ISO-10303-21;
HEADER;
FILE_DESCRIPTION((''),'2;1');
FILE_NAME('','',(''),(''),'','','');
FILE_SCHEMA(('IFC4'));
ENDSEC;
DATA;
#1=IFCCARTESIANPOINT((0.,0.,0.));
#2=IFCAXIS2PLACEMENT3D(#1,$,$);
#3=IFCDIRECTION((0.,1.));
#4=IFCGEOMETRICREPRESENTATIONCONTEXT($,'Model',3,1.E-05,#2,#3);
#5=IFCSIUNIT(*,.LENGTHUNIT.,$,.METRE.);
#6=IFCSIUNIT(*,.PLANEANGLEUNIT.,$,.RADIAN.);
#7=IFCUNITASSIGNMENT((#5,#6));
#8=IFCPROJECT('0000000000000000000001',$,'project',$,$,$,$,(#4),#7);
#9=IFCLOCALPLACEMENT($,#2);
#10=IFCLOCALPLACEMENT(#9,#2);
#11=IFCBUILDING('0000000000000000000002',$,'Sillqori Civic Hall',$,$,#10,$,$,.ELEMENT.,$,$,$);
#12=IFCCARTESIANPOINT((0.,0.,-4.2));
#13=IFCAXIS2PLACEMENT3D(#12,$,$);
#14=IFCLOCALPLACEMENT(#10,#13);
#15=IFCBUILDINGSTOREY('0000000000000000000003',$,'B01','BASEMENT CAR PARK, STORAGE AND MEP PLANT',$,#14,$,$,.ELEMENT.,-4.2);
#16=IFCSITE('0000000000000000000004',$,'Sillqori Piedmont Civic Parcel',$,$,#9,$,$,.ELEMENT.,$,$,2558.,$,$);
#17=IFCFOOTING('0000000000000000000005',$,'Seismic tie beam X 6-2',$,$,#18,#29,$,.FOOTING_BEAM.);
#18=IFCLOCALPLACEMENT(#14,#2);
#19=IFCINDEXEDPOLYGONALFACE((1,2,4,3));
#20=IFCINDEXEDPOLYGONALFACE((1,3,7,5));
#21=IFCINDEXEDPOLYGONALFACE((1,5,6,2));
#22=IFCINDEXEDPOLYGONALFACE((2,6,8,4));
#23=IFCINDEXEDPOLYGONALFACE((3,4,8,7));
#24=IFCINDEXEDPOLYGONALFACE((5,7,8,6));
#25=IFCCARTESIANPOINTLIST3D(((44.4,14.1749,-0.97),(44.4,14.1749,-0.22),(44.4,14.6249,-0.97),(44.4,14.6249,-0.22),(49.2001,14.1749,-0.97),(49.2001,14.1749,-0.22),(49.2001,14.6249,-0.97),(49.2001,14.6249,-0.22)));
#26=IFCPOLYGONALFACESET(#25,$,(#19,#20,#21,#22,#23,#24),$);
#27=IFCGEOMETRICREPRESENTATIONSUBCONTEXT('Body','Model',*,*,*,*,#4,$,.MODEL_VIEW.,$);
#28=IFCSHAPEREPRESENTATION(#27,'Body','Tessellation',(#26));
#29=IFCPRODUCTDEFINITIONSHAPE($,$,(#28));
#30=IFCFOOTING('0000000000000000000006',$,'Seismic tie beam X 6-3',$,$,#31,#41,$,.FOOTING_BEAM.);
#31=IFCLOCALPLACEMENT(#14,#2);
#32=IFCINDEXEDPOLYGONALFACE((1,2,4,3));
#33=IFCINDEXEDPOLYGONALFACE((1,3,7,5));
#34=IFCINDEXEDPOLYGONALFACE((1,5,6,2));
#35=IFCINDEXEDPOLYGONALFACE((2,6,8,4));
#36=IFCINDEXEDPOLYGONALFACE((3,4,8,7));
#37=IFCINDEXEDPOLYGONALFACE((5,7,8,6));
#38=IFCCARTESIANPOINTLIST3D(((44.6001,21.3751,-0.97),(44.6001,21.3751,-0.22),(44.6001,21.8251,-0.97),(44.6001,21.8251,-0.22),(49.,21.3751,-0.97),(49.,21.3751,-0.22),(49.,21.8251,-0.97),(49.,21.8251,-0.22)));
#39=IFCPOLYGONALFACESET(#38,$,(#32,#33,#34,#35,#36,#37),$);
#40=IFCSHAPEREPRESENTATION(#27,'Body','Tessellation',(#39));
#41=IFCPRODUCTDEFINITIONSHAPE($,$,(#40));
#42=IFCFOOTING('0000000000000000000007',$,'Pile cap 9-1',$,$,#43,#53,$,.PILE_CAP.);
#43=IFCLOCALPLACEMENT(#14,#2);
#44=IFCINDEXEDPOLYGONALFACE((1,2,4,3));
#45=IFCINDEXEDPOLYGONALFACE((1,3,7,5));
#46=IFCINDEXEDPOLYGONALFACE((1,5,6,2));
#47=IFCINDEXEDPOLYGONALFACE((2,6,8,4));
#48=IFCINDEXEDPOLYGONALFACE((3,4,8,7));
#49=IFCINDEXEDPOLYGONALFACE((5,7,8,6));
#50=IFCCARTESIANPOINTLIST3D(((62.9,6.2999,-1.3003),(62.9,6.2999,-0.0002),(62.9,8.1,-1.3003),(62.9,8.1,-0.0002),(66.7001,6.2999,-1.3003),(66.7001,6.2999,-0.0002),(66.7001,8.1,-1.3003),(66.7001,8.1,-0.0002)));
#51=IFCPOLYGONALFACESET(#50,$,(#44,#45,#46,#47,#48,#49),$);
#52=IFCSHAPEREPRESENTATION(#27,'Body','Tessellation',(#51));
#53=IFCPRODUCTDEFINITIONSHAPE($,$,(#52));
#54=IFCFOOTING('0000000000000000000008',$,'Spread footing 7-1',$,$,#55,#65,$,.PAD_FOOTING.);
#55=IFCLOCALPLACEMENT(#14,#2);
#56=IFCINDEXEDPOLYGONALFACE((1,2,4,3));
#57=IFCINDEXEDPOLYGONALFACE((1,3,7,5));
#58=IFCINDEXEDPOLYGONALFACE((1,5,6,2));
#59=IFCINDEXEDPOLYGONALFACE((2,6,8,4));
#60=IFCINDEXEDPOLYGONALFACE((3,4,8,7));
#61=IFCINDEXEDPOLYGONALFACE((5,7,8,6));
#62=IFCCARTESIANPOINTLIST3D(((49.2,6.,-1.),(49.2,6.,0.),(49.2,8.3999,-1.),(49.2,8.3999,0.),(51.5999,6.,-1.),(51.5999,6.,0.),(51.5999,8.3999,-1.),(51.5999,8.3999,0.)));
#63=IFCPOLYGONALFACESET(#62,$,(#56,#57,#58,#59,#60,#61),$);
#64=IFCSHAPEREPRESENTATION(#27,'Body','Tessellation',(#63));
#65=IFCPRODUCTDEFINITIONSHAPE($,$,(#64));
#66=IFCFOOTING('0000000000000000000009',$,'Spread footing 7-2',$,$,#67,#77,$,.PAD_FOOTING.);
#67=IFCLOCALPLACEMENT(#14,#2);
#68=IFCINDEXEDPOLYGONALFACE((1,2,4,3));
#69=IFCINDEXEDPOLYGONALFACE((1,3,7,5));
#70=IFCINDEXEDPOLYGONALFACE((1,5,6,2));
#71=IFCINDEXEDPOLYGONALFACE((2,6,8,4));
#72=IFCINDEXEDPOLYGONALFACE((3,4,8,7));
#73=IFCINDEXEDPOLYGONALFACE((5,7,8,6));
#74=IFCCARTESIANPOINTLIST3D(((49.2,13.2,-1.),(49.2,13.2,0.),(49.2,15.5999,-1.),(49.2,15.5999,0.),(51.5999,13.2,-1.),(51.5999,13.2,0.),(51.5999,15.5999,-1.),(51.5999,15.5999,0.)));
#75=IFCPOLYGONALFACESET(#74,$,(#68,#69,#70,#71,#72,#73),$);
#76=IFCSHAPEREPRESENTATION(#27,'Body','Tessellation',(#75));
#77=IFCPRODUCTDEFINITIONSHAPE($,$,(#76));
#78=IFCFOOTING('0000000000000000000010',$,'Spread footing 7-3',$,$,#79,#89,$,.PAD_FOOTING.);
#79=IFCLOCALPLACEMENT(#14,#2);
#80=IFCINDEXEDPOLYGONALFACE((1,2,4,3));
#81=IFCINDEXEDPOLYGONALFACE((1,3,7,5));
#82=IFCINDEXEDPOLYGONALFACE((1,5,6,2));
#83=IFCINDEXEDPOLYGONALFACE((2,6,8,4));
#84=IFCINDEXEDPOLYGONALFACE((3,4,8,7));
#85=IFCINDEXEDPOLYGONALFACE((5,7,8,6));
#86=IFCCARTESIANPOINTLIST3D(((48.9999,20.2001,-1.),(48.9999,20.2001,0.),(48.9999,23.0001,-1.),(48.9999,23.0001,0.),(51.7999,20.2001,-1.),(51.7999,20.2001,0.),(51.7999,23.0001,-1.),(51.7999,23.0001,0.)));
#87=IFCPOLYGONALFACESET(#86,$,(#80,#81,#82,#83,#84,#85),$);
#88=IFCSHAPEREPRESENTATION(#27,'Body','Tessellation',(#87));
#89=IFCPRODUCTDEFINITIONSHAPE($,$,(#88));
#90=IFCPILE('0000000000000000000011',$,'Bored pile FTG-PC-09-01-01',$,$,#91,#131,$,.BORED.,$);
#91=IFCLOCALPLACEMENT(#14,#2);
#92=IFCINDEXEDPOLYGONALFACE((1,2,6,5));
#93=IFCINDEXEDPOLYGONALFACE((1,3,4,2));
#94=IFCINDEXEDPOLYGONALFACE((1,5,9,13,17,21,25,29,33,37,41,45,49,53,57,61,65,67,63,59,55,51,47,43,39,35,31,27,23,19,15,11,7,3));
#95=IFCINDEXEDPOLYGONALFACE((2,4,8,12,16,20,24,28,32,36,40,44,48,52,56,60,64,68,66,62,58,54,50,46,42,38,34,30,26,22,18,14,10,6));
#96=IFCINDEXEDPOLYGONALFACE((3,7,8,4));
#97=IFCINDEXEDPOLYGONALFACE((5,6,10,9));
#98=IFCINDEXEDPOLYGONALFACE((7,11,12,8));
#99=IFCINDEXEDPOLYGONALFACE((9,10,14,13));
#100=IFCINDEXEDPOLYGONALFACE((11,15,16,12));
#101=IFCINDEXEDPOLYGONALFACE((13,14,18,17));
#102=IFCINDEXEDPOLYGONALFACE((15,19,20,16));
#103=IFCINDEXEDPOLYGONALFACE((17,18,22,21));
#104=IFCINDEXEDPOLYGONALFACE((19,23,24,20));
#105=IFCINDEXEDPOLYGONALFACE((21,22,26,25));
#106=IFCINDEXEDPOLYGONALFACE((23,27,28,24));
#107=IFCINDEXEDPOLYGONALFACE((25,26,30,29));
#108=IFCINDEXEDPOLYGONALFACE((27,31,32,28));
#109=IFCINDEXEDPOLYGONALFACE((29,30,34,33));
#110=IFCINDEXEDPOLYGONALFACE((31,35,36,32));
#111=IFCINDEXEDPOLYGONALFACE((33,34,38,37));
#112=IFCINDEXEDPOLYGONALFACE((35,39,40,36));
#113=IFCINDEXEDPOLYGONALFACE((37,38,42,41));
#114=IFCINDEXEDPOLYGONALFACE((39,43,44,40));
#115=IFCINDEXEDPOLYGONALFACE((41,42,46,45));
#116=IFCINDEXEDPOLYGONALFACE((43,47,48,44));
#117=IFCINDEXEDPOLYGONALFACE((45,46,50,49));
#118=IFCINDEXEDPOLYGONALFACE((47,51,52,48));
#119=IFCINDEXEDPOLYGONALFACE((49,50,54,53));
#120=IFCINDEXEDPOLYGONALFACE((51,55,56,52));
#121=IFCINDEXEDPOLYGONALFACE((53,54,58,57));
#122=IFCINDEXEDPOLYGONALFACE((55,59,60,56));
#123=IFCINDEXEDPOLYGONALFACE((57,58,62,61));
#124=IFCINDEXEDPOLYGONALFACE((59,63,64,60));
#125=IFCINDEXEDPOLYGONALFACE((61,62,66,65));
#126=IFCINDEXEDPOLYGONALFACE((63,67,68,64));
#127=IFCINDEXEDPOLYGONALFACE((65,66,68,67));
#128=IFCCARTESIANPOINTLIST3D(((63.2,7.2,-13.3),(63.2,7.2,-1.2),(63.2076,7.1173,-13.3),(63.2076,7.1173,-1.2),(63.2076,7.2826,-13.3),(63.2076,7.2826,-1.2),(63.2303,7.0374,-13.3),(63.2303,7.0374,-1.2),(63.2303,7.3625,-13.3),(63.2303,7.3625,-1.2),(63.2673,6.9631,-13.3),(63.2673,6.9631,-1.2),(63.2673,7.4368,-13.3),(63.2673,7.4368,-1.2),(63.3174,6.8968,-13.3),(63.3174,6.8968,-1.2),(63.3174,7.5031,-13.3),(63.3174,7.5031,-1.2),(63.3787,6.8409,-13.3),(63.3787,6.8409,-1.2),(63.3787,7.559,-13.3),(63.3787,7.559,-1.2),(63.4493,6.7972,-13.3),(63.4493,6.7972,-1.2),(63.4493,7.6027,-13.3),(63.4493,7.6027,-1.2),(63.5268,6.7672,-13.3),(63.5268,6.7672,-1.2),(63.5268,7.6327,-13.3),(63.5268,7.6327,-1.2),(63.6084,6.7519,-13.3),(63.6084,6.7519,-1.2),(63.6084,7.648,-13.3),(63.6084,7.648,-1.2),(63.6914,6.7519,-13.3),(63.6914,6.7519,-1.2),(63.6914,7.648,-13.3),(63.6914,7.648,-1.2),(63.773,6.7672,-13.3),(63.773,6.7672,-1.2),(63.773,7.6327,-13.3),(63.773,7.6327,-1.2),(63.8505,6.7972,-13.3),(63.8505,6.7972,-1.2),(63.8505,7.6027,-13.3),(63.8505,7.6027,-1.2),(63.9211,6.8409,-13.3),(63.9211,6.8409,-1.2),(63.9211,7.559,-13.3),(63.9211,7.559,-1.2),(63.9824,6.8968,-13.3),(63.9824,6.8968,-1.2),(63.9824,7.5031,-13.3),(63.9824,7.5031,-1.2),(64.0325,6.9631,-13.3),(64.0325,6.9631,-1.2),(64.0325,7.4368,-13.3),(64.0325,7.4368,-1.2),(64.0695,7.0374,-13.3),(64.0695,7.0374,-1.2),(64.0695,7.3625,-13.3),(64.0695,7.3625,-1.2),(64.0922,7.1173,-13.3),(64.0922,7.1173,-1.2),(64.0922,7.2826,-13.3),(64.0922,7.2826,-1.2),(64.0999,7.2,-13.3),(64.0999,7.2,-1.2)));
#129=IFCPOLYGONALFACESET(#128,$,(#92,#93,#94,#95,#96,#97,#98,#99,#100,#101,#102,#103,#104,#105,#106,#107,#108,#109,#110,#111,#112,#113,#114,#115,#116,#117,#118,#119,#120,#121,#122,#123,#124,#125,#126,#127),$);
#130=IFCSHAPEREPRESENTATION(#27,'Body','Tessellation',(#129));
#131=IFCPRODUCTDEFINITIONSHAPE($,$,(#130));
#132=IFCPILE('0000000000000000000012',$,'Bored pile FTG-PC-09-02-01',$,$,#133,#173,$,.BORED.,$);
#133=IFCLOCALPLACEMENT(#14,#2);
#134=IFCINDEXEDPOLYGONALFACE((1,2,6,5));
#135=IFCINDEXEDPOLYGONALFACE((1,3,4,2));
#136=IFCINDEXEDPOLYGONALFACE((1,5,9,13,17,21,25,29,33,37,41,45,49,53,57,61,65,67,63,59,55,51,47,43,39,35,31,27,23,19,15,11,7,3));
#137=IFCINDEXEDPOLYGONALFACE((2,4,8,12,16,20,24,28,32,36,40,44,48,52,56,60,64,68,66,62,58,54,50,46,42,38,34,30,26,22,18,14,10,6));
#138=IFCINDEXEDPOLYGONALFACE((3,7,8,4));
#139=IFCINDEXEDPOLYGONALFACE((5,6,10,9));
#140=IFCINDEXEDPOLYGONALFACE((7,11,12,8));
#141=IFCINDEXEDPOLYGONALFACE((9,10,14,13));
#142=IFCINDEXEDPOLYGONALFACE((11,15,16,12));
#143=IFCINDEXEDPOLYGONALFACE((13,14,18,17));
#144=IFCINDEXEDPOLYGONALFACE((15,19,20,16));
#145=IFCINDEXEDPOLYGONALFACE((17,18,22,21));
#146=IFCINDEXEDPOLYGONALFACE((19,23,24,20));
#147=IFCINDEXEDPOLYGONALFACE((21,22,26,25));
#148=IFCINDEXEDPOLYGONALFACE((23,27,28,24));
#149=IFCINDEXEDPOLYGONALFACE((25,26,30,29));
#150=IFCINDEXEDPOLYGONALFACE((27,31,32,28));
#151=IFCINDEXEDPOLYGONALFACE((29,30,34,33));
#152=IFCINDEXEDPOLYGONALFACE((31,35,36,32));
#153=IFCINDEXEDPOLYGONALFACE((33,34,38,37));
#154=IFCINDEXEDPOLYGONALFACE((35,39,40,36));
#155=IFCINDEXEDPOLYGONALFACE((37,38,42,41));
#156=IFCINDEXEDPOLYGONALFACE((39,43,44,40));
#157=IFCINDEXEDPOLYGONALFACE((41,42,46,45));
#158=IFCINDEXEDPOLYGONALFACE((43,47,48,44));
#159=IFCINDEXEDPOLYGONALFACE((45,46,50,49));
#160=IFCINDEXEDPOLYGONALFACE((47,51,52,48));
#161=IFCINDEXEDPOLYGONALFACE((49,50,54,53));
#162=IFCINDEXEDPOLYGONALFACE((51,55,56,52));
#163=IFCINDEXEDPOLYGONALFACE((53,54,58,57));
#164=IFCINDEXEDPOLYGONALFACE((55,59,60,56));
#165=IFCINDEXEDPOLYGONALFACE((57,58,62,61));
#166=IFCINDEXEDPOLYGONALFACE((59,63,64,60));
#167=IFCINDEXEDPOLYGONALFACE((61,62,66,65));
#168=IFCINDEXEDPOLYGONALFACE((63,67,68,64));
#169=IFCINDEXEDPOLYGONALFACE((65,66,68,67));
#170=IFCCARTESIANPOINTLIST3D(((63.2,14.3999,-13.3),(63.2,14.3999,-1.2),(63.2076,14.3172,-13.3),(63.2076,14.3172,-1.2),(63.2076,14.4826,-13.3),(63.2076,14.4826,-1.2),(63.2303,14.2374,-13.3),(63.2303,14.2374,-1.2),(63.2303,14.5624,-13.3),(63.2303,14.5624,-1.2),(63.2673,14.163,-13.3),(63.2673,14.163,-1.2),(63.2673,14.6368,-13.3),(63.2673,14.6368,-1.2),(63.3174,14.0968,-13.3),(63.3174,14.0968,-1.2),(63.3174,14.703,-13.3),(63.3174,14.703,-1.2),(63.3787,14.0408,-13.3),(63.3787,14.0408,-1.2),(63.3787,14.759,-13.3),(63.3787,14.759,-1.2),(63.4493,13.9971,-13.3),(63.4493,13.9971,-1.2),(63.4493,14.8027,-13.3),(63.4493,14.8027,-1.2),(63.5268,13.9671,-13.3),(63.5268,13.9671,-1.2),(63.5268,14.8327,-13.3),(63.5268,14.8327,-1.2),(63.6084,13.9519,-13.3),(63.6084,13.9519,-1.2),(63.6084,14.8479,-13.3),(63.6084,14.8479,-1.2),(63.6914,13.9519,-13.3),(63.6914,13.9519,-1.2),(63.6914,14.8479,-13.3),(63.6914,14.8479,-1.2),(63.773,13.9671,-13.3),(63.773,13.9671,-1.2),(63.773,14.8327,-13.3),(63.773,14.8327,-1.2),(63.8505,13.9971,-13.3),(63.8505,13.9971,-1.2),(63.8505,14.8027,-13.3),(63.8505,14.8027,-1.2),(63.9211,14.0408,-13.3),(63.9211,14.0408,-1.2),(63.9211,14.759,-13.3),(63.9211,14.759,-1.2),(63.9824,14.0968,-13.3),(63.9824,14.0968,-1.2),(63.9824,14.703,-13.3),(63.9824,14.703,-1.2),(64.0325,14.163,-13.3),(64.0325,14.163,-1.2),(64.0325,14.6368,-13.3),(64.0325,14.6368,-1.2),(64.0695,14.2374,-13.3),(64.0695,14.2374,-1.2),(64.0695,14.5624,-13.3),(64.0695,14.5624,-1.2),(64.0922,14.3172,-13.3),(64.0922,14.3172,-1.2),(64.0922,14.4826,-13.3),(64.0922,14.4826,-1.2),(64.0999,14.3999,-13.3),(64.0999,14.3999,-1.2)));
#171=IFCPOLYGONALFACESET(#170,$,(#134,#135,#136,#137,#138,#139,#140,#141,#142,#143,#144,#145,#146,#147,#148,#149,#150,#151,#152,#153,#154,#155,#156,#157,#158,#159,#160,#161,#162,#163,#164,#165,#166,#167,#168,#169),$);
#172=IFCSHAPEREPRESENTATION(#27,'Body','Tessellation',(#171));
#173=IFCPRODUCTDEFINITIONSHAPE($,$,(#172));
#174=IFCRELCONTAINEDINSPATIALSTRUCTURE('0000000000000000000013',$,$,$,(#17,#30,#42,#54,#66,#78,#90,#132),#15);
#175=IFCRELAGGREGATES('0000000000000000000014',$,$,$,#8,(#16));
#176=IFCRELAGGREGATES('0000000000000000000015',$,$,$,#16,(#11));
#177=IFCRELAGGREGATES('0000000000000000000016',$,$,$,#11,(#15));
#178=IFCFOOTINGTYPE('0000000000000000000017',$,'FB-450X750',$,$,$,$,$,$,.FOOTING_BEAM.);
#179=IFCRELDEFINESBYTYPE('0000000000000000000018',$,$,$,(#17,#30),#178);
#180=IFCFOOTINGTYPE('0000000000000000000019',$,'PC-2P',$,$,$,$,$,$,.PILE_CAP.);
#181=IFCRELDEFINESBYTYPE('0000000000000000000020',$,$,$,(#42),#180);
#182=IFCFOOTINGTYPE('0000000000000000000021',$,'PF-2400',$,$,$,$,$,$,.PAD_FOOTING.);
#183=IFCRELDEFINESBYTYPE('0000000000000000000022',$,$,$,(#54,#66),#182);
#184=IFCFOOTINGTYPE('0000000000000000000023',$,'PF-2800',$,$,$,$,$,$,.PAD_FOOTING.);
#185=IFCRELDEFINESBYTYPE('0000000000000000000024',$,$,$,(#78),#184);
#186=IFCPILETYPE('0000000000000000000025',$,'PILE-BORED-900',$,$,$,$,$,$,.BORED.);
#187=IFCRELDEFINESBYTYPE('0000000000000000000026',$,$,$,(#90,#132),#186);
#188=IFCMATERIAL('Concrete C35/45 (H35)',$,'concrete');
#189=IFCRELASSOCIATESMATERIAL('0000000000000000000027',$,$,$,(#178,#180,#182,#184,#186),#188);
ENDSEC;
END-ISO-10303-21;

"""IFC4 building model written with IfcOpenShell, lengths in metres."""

from ifc_helpers import new_model, si_unit, direction, frame, origin, origin_2d, place, context, subcontext, project, spatial, rectangle, circle, extrude, material, material_profile, profile_set, type_object, element, save


model = new_model("IFC4")

# Units and contexts
model_context = context("Model", 3, precision=1e-05, world=origin(), true_north=direction((0.0, 1.0)))
body_context = subcontext(model_context, "Body", "Model", "MODEL_VIEW")
ifc_project = project(units=[si_unit("LENGTHUNIT", "METRE"), si_unit("PLANEANGLEUNIT", "RADIAN")], contexts=[model_context])

# Site, building, storey
site_placement = place(None, origin())
site = spatial("IfcSite", under=ifc_project, at=site_placement, Name="Sillqori Piedmont Civic Parcel", CompositionType="ELEMENT", RefElevation=2558.0)
building_placement = place(site_placement, origin())
building = spatial("IfcBuilding", under=site, at=building_placement, Name="Sillqori Civic Hall", CompositionType="ELEMENT")
storey_placement = place(building_placement, frame((0.0, 0.0, -4.2)))
storey = spatial("IfcBuildingStorey", under=building, at=storey_placement, Name="B01", Description="BASEMENT CAR PARK, STORAGE AND MEP PLANT", CompositionType="ELEMENT", Elevation=-4.2)

# Footings
ifc_material = material(Name="Concrete C35/45 (H35)", Category="concrete")
footing_type_1 = type_object("IfcFootingType", Name="FB-450X750", PredefinedType="FOOTING_BEAM", material=ifc_material)
footing_1_placement = place(storey_placement, frame((46.8, 14.3999, -0.97), z_axis=(0.0, 0.0, 1.0), x_axis=(1.0, 0.0, 0.0)))
element("IfcFooting", 1, at=footing_1_placement, inside=storey, type_object=footing_type_1, Name="Seismic tie beam X 6-2", PredefinedType="FOOTING_BEAM", context=body_context, shape_type="SweptSolid", body=[
    extrude(rectangle(XDim=4.8, YDim=0.45, at=origin_2d()), origin(), (0.0, 0.0, 1.0), 0.75),
])
footing_2_placement = place(storey_placement, frame((46.8, 21.6001, -0.97), z_axis=(0.0, 0.0, 1.0), x_axis=(1.0, 0.0, 0.0)))
element("IfcFooting", 2, at=footing_2_placement, inside=storey, type_object=footing_type_1, Name="Seismic tie beam X 6-3", PredefinedType="FOOTING_BEAM", context=body_context, shape_type="SweptSolid", body=[
    extrude(rectangle(XDim=4.3999, YDim=0.45, at=origin_2d()), origin(), (0.0, 0.0, 1.0), 0.75),
])
footing_type_2 = type_object("IfcFootingType", Name="PC-2P", PredefinedType="PILE_CAP", material=ifc_material)
footing_3_placement = place(storey_placement, frame((64.8, 7.2, -1.3003), z_axis=(0.0, 0.0, 1.0), x_axis=(1.0, 0.0, 0.0)))
element("IfcFooting", 3, at=footing_3_placement, inside=storey, type_object=footing_type_2, Name="Pile cap 9-1", PredefinedType="PILE_CAP", context=body_context, shape_type="SweptSolid", body=[
    extrude(rectangle(XDim=3.8, YDim=1.8, at=origin_2d()), origin(), (0.0, 0.0, 1.0), 1.3),
])
footing_type_3 = type_object("IfcFootingType", Name="PF-2400", PredefinedType="PAD_FOOTING", material=ifc_material)
for number, where, z_axis, x_axis, name in (
    (4, (50.3999, 7.2, -1.0), (0.0, 0.0, 1.0), (1.0, 0.0, 0.0), "Spread footing 7-1"),
    (5, (50.3999, 14.3999, -1.0), (0.0, 0.0, 1.0), (1.0, 0.0, 0.0), "Spread footing 7-2"),
):
    element("IfcFooting", number, at=place(storey_placement, frame(where, z_axis=z_axis, x_axis=x_axis)), inside=storey, type_object=footing_type_3, Name=name, PredefinedType="PAD_FOOTING", context=body_context, shape_type="SweptSolid", body=[
        extrude(rectangle(XDim=2.3999, YDim=2.3999, at=origin_2d()), origin(), (0.0, 0.0, 1.0), 1.0),
    ])
footing_type_4 = type_object("IfcFootingType", Name="PF-2800", PredefinedType="PAD_FOOTING", material=ifc_material)
footing_4_placement = place(storey_placement, frame((50.3999, 21.6001, -1.0), z_axis=(0.0, 0.0, 1.0), x_axis=(1.0, 0.0, 0.0)))
element("IfcFooting", 6, at=footing_4_placement, inside=storey, type_object=footing_type_4, Name="Spread footing 7-3", PredefinedType="PAD_FOOTING", context=body_context, shape_type="SweptSolid", body=[
    extrude(rectangle(XDim=2.8, YDim=2.8, at=origin_2d()), origin(), (0.0, 0.0, 1.0), 1.0),
])

# Piles
ifc_material_profile_1 = material_profile(ifc_material, circle(Radius=0.45, at=origin_2d()), Name="BORED PILE 900")
ifc_profile_set_1 = profile_set([ifc_material_profile_1], Name="Concrete C35/45 (H35)")
pile_type = type_object("IfcPileType", Name="PILE-BORED-900", PredefinedType="BORED", material=ifc_profile_set_1)
for number, where, z_axis, x_axis, name in (
    (7, (63.6499, 7.2, -1.2), (0.0, 0.0, -1.0), (1.0, 0.0, 0.0), "Bored pile FTG-PC-09-01-01"),
    (8, (63.6499, 14.3999, -1.2), (0.0, 0.0, -1.0), (1.0, 0.0, 0.0), "Bored pile FTG-PC-09-02-01"),
):
    element("IfcPile", number, at=place(storey_placement, frame(where, z_axis=z_axis, x_axis=x_axis)), inside=storey, type_object=pile_type, Name=name, PredefinedType="BORED", context=body_context, shape_type="SweptSolid", body=[
        extrude(circle(Radius=0.45, at=origin_2d()), origin(), (0.0, 0.0, 1.0), 12.1001),
    ])

save(model, "model.ifc")
